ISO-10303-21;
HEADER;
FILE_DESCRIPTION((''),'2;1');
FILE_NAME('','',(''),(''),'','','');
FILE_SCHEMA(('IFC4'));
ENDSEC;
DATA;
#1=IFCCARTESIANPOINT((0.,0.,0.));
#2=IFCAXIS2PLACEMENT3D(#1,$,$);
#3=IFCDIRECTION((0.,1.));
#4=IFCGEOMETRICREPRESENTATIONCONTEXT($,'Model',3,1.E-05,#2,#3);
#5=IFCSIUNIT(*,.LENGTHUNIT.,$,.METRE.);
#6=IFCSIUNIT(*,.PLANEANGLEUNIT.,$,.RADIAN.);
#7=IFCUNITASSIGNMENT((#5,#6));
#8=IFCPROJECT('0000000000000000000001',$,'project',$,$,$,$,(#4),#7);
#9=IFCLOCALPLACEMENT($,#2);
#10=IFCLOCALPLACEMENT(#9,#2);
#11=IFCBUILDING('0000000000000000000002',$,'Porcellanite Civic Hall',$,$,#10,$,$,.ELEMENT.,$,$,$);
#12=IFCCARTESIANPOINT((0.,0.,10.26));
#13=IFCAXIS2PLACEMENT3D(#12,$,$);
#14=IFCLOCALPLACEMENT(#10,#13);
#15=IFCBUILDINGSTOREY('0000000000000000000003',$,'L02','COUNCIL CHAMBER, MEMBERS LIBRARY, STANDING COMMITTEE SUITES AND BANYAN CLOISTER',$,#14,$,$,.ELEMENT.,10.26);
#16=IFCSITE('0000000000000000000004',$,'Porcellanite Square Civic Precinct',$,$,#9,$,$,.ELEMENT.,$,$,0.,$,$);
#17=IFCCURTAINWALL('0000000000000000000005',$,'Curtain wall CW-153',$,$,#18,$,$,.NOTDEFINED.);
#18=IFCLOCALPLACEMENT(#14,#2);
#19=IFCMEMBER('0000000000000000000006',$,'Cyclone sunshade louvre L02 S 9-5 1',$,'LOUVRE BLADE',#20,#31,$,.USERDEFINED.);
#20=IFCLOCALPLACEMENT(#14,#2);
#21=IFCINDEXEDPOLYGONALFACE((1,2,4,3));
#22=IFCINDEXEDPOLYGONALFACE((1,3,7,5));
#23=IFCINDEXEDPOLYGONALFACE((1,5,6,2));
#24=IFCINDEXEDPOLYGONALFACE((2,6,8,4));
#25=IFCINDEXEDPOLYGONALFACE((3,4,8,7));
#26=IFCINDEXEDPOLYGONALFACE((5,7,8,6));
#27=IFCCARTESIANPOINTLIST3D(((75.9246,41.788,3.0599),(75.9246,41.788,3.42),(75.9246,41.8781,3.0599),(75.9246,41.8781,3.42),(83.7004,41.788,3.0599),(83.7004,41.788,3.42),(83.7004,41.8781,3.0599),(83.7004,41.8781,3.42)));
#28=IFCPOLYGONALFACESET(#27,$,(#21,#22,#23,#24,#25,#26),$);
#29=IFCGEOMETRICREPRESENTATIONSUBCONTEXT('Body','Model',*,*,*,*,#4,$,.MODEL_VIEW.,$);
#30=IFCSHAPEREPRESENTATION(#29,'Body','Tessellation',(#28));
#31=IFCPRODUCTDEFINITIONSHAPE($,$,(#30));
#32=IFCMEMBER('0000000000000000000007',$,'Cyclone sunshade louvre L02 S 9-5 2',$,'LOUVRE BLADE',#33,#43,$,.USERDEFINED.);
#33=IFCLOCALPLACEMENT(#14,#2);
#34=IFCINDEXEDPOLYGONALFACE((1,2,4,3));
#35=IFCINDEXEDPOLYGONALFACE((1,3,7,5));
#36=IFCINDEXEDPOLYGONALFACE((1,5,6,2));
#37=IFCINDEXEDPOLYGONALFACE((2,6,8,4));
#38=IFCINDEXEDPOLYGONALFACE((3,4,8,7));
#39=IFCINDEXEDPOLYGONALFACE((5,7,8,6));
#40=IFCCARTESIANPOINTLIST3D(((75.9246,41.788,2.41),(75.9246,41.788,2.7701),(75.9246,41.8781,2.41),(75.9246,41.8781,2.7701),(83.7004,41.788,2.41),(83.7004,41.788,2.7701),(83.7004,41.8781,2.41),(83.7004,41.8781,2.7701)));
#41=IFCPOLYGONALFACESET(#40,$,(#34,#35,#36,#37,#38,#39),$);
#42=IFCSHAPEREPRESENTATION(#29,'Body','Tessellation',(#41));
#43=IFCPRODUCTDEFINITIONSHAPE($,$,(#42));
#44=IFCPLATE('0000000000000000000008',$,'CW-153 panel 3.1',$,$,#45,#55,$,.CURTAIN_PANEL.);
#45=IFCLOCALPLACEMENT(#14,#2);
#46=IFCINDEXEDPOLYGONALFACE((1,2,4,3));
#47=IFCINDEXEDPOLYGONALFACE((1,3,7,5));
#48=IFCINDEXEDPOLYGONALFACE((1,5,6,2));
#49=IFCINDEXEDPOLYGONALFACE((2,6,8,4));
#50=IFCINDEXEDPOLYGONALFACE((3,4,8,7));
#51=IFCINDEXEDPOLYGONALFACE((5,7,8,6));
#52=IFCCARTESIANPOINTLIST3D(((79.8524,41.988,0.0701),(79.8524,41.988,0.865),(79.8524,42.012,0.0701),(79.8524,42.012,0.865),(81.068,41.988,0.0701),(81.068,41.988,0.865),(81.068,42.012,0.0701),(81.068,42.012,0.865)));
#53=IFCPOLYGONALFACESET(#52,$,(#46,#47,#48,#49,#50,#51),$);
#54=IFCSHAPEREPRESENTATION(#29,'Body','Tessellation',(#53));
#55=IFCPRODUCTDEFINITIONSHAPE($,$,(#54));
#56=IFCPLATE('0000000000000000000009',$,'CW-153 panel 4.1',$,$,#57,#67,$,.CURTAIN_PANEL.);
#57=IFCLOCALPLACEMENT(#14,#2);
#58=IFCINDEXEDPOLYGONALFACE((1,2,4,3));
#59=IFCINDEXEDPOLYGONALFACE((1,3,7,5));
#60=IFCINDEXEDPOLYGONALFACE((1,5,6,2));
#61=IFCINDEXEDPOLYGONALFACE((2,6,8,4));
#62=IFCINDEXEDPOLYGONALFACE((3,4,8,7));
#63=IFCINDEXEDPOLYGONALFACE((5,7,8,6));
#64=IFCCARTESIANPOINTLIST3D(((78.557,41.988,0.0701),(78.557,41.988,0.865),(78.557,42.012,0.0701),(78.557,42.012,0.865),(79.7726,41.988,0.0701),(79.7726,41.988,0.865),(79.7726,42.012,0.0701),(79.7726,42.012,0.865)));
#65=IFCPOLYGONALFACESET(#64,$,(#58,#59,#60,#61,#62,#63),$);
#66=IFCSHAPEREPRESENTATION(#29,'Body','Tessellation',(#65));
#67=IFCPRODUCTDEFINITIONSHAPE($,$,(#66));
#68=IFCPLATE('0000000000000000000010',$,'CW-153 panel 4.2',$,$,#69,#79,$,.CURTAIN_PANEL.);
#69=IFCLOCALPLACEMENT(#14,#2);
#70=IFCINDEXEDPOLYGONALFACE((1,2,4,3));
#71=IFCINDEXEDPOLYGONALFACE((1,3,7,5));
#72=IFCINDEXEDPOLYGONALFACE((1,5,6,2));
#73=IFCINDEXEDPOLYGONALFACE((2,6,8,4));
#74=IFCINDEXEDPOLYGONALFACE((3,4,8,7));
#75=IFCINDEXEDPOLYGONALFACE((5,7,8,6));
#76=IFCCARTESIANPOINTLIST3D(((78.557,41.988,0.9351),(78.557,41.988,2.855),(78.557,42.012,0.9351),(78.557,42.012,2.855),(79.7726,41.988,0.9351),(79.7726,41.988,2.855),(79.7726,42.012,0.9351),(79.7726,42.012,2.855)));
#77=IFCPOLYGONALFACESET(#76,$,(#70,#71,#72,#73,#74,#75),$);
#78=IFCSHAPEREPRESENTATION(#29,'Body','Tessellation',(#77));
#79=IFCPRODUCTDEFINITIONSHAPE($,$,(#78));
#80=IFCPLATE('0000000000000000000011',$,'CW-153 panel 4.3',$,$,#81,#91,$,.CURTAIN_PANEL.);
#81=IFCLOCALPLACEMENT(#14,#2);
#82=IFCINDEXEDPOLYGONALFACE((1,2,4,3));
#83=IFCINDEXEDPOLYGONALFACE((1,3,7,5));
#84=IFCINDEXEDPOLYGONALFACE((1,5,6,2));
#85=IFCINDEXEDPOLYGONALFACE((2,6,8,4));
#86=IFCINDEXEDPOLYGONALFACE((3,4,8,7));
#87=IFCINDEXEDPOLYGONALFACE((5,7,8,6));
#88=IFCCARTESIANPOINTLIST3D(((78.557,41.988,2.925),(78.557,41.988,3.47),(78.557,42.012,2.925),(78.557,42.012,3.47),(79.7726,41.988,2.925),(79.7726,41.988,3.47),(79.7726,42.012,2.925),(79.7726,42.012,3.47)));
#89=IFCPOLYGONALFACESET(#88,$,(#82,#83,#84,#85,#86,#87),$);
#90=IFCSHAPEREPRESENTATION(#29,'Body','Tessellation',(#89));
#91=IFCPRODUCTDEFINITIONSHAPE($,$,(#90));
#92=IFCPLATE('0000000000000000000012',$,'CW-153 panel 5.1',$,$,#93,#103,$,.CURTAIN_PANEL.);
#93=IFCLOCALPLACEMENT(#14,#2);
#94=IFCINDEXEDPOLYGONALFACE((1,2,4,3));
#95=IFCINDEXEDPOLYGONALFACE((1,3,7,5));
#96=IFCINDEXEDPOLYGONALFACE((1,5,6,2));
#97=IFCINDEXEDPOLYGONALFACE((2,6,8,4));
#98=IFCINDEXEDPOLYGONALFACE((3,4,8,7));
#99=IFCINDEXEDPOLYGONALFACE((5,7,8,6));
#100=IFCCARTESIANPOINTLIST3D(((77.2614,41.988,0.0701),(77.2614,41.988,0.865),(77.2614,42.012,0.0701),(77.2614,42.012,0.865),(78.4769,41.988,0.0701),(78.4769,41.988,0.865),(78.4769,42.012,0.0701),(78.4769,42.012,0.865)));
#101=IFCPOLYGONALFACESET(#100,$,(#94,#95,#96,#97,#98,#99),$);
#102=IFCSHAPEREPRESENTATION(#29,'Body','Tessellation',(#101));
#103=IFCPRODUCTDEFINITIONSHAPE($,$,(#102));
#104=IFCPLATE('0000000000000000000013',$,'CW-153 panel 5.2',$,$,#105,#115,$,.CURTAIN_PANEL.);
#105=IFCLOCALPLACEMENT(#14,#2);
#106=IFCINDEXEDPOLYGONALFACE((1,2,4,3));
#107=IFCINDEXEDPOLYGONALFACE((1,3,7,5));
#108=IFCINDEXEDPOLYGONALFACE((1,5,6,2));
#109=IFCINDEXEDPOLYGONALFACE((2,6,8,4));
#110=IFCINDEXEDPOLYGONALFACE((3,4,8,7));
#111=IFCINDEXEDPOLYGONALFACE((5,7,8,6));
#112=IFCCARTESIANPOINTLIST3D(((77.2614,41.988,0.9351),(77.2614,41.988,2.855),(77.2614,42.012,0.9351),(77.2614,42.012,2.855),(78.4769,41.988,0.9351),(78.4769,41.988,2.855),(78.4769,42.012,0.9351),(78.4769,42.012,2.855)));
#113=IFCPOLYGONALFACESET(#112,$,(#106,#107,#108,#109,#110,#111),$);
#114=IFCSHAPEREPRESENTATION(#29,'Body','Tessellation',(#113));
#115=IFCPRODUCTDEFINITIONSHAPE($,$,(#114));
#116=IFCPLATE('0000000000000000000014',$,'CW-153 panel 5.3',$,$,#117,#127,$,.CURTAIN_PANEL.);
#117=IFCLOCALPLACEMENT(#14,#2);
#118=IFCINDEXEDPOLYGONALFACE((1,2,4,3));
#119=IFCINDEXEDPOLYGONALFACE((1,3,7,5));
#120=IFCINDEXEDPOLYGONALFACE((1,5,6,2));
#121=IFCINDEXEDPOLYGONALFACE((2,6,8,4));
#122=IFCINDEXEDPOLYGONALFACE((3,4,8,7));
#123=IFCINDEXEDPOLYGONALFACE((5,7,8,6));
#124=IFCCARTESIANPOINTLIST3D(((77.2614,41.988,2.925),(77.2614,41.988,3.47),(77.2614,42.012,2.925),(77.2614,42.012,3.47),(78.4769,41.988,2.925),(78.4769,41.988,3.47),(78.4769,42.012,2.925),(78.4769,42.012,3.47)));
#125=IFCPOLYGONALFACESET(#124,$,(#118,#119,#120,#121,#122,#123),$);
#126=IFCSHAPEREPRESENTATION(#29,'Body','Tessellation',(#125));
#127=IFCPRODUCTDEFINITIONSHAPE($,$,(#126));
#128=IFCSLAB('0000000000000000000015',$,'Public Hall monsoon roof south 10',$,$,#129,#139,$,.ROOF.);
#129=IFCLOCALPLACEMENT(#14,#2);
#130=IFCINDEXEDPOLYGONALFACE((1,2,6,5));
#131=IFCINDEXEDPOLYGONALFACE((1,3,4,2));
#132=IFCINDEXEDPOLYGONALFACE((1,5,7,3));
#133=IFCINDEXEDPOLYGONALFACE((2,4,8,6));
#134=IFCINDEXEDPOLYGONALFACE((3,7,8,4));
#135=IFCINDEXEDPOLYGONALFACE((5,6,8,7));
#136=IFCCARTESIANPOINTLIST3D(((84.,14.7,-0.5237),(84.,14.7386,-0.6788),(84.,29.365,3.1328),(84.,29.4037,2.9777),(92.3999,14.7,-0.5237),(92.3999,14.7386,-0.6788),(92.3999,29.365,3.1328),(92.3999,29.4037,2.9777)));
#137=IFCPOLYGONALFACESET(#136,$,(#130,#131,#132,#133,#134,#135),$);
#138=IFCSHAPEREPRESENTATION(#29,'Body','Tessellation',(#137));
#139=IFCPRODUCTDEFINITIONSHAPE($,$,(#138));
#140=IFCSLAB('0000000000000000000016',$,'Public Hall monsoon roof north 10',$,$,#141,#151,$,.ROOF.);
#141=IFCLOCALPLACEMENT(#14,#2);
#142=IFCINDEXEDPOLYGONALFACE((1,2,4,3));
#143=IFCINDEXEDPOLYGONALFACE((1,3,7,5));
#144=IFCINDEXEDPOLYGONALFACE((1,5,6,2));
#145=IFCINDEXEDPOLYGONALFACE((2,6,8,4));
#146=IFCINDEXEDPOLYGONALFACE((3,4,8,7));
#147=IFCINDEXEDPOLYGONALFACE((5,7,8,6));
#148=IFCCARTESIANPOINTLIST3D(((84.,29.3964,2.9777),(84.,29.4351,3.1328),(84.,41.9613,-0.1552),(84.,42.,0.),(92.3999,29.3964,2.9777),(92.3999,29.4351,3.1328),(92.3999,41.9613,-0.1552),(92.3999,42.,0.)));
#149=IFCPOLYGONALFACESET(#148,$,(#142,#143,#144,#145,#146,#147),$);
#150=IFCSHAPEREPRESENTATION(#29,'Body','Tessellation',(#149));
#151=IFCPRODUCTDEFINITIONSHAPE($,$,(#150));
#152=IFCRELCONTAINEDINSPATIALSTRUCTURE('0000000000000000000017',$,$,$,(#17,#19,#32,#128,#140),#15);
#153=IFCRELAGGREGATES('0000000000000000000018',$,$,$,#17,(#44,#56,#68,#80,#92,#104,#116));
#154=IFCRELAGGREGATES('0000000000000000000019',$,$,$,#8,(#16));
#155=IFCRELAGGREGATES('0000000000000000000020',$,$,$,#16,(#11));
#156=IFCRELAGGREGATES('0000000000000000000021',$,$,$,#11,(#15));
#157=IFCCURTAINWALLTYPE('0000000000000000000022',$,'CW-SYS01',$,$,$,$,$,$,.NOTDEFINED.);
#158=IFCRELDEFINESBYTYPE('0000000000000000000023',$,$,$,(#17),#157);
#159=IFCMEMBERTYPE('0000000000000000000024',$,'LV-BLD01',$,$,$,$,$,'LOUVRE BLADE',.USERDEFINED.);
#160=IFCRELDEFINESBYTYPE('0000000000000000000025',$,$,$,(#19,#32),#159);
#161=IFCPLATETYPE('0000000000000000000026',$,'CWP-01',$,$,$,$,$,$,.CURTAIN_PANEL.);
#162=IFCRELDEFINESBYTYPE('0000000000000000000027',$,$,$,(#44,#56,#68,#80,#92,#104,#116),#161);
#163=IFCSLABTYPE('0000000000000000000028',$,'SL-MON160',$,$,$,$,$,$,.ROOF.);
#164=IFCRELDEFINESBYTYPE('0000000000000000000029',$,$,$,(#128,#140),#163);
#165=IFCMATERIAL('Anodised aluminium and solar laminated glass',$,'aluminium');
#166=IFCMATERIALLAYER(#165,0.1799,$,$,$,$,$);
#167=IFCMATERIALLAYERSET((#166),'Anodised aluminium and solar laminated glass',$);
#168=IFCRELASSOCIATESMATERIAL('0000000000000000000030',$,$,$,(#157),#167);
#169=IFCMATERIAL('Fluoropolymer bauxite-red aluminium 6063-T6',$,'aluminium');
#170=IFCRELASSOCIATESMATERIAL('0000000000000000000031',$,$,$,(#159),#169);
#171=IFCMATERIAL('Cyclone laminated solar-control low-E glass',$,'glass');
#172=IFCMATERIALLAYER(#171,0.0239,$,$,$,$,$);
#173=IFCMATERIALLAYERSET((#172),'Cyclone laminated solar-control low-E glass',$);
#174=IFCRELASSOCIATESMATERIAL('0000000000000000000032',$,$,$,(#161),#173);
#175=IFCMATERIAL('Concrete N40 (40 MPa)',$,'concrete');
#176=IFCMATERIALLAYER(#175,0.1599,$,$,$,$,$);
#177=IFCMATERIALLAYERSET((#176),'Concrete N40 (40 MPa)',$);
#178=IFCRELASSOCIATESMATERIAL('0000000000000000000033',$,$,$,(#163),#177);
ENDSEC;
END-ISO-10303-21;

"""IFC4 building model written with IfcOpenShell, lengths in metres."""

from ifc_helpers import new_model, si_unit, direction, frame, origin, origin_2d, place, context, subcontext, project, spatial, polyline, rectangle, outline, extrude, material, layer, layer_set, material_profile, profile_set, type_object, element, aggregate, save


model = new_model("IFC4")

# Units and contexts
model_context = context("Model", 3, precision=1e-05, world=origin(), true_north=direction((0.0, 1.0)))
body_context = subcontext(model_context, "Body", "Model", "MODEL_VIEW")
ifc_project = project(units=[si_unit("LENGTHUNIT", "METRE"), si_unit("PLANEANGLEUNIT", "RADIAN")], contexts=[model_context])

# Site, building, storey
site_placement = place(None, origin())
site = spatial("IfcSite", under=ifc_project, at=site_placement, Name="Porcellanite Square Civic Precinct", CompositionType="ELEMENT", RefElevation=0.0)
building_placement = place(site_placement, origin())
building = spatial("IfcBuilding", under=site, at=building_placement, Name="Porcellanite Civic Hall", CompositionType="ELEMENT")
storey_placement = place(building_placement, frame((0.0, 0.0, 10.26)))
storey = spatial("IfcBuildingStorey", under=building, at=storey_placement, Name="L02", Description="COUNCIL CHAMBER, MEMBERS LIBRARY, STANDING COMMITTEE SUITES AND BANYAN CLOISTER", CompositionType="ELEMENT", Elevation=10.26)

# Curtain wall
ifc_material_1 = material(Name="Anodised aluminium and solar laminated glass", Category="aluminium")
ifc_layer_1 = layer(ifc_material_1, 0.1799)
ifc_layer_set_1 = layer_set([ifc_layer_1], Name="Anodised aluminium and solar laminated glass")
curtain_wall_type = type_object("IfcCurtainWallType", Name="CW-SYS01", PredefinedType="NOTDEFINED", material=ifc_layer_set_1)
curtain_wall_placement = place(storey_placement, origin())
curtain_wall = element("IfcCurtainWall", 1, at=curtain_wall_placement, inside=storey, type_object=curtain_wall_type, Name="Curtain wall CW-153", PredefinedType="NOTDEFINED")

# Members
ifc_material_2 = material(Name="Fluoropolymer bauxite-red aluminium 6063-T6", Category="aluminium")
ifc_material_profile_1 = material_profile(ifc_material_2, rectangle(XDim=0.0901, YDim=0.3601, at=origin_2d()), Name="AL-90x360")
ifc_profile_set_1 = profile_set([ifc_material_profile_1], Name="Fluoropolymer bauxite-red aluminium 6063-T6")
member_type_1 = type_object("IfcMemberType", Name="LV-BLD01", ElementType="LOUVRE BLADE", PredefinedType="USERDEFINED", material=ifc_profile_set_1)
for number, where, z_axis, x_axis, name in (
    (2, (83.7004, 41.833, 3.24), (-1.0, 0.0, 0.0), (0.0, -1.0, 0.0), "Cyclone sunshade louvre L02 S 9-5 1"),
    (3, (83.7004, 41.833, 2.5901), (-1.0, 0.0, 0.0), (0.0, -1.0, 0.0), "Cyclone sunshade louvre L02 S 9-5 2"),
):
    element("IfcMember", number, at=place(storey_placement, frame(where, z_axis=z_axis, x_axis=x_axis)), inside=storey, type_object=member_type_1, Name=name, ObjectType="LOUVRE BLADE", PredefinedType="USERDEFINED", context=body_context, shape_type="SweptSolid", body=[
        extrude(rectangle(XDim=0.0901, YDim=0.3601, at=origin_2d()), origin(), (0.0, 0.0, 1.0), 7.7759),
    ])

# Plates
ifc_material_3 = material(Name="Cyclone laminated solar-control low-E glass", Category="glass")
ifc_layer_2 = layer(ifc_material_3, 0.0239)
ifc_layer_set_2 = layer_set([ifc_layer_2], Name="Cyclone laminated solar-control low-E glass")
plate_type = type_object("IfcPlateType", Name="CWP-01", PredefinedType="CURTAIN_PANEL", material=ifc_layer_set_2)
plate_1_placement = place(storey_placement, frame((80.4602, 42.0, 0.0701), z_axis=(0.0, 0.0, 1.0), x_axis=(-1.0, 0.0, 0.0)))
plate_1 = element("IfcPlate", 4, at=plate_1_placement, type_object=plate_type, Name="CW-153 panel 3.1", PredefinedType="CURTAIN_PANEL", context=body_context, shape_type="SweptSolid", body=[
    extrude(rectangle(XDim=1.2156, YDim=0.0239, at=origin_2d()), origin(), (0.0, 0.0, 1.0), 0.7949),
])
plate_2_placement = place(storey_placement, frame((79.1648, 42.0, 0.0701), z_axis=(0.0, 0.0, 1.0), x_axis=(-1.0, 0.0, 0.0)))
plate_2 = element("IfcPlate", 5, at=plate_2_placement, type_object=plate_type, Name="CW-153 panel 4.1", PredefinedType="CURTAIN_PANEL", context=body_context, shape_type="SweptSolid", body=[
    extrude(rectangle(XDim=1.2156, YDim=0.0239, at=origin_2d()), origin(), (0.0, 0.0, 1.0), 0.7949),
])
plate_3_placement = place(storey_placement, frame((79.1648, 42.0, 0.9351), z_axis=(0.0, 0.0, 1.0), x_axis=(-1.0, 0.0, 0.0)))
plate_3 = element("IfcPlate", 6, at=plate_3_placement, type_object=plate_type, Name="CW-153 panel 4.2", PredefinedType="CURTAIN_PANEL", context=body_context, shape_type="SweptSolid", body=[
    extrude(rectangle(XDim=1.2156, YDim=0.0239, at=origin_2d()), origin(), (0.0, 0.0, 1.0), 1.9199),
])
plate_4_placement = place(storey_placement, frame((79.1648, 42.0, 2.925), z_axis=(0.0, 0.0, 1.0), x_axis=(-1.0, 0.0, 0.0)))
plate_4 = element("IfcPlate", 7, at=plate_4_placement, type_object=plate_type, Name="CW-153 panel 4.3", PredefinedType="CURTAIN_PANEL", context=body_context, shape_type="SweptSolid", body=[
    extrude(rectangle(XDim=1.2156, YDim=0.0239, at=origin_2d()), origin(), (0.0, 0.0, 1.0), 0.5449),
])
plate_5_placement = place(storey_placement, frame((77.8691, 42.0, 0.0701), z_axis=(0.0, 0.0, 1.0), x_axis=(-1.0, 0.0, 0.0)))
plate_5 = element("IfcPlate", 8, at=plate_5_placement, type_object=plate_type, Name="CW-153 panel 5.1", PredefinedType="CURTAIN_PANEL", context=body_context, shape_type="SweptSolid", body=[
    extrude(rectangle(XDim=1.2156, YDim=0.0239, at=origin_2d()), origin(), (0.0, 0.0, 1.0), 0.7949),
])
plate_6_placement = place(storey_placement, frame((77.8691, 42.0, 0.9351), z_axis=(0.0, 0.0, 1.0), x_axis=(-1.0, 0.0, 0.0)))
plate_6 = element("IfcPlate", 9, at=plate_6_placement, type_object=plate_type, Name="CW-153 panel 5.2", PredefinedType="CURTAIN_PANEL", context=body_context, shape_type="SweptSolid", body=[
    extrude(rectangle(XDim=1.2156, YDim=0.0239, at=origin_2d()), origin(), (0.0, 0.0, 1.0), 1.9199),
])
plate_7_placement = place(storey_placement, frame((77.8691, 42.0, 2.925), z_axis=(0.0, 0.0, 1.0), x_axis=(-1.0, 0.0, 0.0)))
plate_7 = element("IfcPlate", 10, at=plate_7_placement, type_object=plate_type, Name="CW-153 panel 5.3", PredefinedType="CURTAIN_PANEL", context=body_context, shape_type="SweptSolid", body=[
    extrude(rectangle(XDim=1.2156, YDim=0.0239, at=origin_2d()), origin(), (0.0, 0.0, 1.0), 0.5449),
])
aggregate(curtain_wall, [plate_1, plate_2, plate_3, plate_4, plate_5, plate_6, plate_7])

# Slabs
ifc_material_4 = material(Name="Concrete N40 (40 MPa)", Category="concrete")
ifc_layer_3 = layer(ifc_material_4, 0.1599)
ifc_layer_set_3 = layer_set([ifc_layer_3], Name="Concrete N40 (40 MPa)")
slab_type = type_object("IfcSlabType", Name="SL-MON160", PredefinedType="ROOF", material=ifc_layer_set_3)
slab_1_placement = place(storey_placement, frame((84.0, 14.7, -0.5237), z_axis=(0.0, -0.241927, 0.970294), x_axis=(1.0, 0.0, 0.0)))
element("IfcSlab", 11, at=slab_1_placement, inside=storey, type_object=slab_type, Name="Public Hall monsoon roof south 10", PredefinedType="ROOF", context=body_context, shape_type="SweptSolid", body=[
    extrude(outline(polyline([(0.0, 0.0), (8.3999, 0.0), (8.3999, 15.114), (0.0, 15.114), (0.0, 0.0)])), origin(), (0.0, 0.0, -1.0), 0.1599),
])
slab_2_placement = place(storey_placement, frame((84.0, 29.4351, 3.1328), z_axis=(0.0, 0.241923, 0.970295), x_axis=(1.0, 0.0, 0.0)))
element("IfcSlab", 12, at=slab_2_placement, inside=storey, type_object=slab_type, Name="Public Hall monsoon roof north 10", PredefinedType="ROOF", context=body_context, shape_type="SweptSolid", body=[
    extrude(outline(polyline([(0.0, 0.0), (8.3999, 0.0), (8.3999, 12.9496), (0.0, 12.9496), (0.0, 0.0)])), origin(), (0.0, 0.0, -1.0), 0.1599),
])

save(model, "model.ifc")
